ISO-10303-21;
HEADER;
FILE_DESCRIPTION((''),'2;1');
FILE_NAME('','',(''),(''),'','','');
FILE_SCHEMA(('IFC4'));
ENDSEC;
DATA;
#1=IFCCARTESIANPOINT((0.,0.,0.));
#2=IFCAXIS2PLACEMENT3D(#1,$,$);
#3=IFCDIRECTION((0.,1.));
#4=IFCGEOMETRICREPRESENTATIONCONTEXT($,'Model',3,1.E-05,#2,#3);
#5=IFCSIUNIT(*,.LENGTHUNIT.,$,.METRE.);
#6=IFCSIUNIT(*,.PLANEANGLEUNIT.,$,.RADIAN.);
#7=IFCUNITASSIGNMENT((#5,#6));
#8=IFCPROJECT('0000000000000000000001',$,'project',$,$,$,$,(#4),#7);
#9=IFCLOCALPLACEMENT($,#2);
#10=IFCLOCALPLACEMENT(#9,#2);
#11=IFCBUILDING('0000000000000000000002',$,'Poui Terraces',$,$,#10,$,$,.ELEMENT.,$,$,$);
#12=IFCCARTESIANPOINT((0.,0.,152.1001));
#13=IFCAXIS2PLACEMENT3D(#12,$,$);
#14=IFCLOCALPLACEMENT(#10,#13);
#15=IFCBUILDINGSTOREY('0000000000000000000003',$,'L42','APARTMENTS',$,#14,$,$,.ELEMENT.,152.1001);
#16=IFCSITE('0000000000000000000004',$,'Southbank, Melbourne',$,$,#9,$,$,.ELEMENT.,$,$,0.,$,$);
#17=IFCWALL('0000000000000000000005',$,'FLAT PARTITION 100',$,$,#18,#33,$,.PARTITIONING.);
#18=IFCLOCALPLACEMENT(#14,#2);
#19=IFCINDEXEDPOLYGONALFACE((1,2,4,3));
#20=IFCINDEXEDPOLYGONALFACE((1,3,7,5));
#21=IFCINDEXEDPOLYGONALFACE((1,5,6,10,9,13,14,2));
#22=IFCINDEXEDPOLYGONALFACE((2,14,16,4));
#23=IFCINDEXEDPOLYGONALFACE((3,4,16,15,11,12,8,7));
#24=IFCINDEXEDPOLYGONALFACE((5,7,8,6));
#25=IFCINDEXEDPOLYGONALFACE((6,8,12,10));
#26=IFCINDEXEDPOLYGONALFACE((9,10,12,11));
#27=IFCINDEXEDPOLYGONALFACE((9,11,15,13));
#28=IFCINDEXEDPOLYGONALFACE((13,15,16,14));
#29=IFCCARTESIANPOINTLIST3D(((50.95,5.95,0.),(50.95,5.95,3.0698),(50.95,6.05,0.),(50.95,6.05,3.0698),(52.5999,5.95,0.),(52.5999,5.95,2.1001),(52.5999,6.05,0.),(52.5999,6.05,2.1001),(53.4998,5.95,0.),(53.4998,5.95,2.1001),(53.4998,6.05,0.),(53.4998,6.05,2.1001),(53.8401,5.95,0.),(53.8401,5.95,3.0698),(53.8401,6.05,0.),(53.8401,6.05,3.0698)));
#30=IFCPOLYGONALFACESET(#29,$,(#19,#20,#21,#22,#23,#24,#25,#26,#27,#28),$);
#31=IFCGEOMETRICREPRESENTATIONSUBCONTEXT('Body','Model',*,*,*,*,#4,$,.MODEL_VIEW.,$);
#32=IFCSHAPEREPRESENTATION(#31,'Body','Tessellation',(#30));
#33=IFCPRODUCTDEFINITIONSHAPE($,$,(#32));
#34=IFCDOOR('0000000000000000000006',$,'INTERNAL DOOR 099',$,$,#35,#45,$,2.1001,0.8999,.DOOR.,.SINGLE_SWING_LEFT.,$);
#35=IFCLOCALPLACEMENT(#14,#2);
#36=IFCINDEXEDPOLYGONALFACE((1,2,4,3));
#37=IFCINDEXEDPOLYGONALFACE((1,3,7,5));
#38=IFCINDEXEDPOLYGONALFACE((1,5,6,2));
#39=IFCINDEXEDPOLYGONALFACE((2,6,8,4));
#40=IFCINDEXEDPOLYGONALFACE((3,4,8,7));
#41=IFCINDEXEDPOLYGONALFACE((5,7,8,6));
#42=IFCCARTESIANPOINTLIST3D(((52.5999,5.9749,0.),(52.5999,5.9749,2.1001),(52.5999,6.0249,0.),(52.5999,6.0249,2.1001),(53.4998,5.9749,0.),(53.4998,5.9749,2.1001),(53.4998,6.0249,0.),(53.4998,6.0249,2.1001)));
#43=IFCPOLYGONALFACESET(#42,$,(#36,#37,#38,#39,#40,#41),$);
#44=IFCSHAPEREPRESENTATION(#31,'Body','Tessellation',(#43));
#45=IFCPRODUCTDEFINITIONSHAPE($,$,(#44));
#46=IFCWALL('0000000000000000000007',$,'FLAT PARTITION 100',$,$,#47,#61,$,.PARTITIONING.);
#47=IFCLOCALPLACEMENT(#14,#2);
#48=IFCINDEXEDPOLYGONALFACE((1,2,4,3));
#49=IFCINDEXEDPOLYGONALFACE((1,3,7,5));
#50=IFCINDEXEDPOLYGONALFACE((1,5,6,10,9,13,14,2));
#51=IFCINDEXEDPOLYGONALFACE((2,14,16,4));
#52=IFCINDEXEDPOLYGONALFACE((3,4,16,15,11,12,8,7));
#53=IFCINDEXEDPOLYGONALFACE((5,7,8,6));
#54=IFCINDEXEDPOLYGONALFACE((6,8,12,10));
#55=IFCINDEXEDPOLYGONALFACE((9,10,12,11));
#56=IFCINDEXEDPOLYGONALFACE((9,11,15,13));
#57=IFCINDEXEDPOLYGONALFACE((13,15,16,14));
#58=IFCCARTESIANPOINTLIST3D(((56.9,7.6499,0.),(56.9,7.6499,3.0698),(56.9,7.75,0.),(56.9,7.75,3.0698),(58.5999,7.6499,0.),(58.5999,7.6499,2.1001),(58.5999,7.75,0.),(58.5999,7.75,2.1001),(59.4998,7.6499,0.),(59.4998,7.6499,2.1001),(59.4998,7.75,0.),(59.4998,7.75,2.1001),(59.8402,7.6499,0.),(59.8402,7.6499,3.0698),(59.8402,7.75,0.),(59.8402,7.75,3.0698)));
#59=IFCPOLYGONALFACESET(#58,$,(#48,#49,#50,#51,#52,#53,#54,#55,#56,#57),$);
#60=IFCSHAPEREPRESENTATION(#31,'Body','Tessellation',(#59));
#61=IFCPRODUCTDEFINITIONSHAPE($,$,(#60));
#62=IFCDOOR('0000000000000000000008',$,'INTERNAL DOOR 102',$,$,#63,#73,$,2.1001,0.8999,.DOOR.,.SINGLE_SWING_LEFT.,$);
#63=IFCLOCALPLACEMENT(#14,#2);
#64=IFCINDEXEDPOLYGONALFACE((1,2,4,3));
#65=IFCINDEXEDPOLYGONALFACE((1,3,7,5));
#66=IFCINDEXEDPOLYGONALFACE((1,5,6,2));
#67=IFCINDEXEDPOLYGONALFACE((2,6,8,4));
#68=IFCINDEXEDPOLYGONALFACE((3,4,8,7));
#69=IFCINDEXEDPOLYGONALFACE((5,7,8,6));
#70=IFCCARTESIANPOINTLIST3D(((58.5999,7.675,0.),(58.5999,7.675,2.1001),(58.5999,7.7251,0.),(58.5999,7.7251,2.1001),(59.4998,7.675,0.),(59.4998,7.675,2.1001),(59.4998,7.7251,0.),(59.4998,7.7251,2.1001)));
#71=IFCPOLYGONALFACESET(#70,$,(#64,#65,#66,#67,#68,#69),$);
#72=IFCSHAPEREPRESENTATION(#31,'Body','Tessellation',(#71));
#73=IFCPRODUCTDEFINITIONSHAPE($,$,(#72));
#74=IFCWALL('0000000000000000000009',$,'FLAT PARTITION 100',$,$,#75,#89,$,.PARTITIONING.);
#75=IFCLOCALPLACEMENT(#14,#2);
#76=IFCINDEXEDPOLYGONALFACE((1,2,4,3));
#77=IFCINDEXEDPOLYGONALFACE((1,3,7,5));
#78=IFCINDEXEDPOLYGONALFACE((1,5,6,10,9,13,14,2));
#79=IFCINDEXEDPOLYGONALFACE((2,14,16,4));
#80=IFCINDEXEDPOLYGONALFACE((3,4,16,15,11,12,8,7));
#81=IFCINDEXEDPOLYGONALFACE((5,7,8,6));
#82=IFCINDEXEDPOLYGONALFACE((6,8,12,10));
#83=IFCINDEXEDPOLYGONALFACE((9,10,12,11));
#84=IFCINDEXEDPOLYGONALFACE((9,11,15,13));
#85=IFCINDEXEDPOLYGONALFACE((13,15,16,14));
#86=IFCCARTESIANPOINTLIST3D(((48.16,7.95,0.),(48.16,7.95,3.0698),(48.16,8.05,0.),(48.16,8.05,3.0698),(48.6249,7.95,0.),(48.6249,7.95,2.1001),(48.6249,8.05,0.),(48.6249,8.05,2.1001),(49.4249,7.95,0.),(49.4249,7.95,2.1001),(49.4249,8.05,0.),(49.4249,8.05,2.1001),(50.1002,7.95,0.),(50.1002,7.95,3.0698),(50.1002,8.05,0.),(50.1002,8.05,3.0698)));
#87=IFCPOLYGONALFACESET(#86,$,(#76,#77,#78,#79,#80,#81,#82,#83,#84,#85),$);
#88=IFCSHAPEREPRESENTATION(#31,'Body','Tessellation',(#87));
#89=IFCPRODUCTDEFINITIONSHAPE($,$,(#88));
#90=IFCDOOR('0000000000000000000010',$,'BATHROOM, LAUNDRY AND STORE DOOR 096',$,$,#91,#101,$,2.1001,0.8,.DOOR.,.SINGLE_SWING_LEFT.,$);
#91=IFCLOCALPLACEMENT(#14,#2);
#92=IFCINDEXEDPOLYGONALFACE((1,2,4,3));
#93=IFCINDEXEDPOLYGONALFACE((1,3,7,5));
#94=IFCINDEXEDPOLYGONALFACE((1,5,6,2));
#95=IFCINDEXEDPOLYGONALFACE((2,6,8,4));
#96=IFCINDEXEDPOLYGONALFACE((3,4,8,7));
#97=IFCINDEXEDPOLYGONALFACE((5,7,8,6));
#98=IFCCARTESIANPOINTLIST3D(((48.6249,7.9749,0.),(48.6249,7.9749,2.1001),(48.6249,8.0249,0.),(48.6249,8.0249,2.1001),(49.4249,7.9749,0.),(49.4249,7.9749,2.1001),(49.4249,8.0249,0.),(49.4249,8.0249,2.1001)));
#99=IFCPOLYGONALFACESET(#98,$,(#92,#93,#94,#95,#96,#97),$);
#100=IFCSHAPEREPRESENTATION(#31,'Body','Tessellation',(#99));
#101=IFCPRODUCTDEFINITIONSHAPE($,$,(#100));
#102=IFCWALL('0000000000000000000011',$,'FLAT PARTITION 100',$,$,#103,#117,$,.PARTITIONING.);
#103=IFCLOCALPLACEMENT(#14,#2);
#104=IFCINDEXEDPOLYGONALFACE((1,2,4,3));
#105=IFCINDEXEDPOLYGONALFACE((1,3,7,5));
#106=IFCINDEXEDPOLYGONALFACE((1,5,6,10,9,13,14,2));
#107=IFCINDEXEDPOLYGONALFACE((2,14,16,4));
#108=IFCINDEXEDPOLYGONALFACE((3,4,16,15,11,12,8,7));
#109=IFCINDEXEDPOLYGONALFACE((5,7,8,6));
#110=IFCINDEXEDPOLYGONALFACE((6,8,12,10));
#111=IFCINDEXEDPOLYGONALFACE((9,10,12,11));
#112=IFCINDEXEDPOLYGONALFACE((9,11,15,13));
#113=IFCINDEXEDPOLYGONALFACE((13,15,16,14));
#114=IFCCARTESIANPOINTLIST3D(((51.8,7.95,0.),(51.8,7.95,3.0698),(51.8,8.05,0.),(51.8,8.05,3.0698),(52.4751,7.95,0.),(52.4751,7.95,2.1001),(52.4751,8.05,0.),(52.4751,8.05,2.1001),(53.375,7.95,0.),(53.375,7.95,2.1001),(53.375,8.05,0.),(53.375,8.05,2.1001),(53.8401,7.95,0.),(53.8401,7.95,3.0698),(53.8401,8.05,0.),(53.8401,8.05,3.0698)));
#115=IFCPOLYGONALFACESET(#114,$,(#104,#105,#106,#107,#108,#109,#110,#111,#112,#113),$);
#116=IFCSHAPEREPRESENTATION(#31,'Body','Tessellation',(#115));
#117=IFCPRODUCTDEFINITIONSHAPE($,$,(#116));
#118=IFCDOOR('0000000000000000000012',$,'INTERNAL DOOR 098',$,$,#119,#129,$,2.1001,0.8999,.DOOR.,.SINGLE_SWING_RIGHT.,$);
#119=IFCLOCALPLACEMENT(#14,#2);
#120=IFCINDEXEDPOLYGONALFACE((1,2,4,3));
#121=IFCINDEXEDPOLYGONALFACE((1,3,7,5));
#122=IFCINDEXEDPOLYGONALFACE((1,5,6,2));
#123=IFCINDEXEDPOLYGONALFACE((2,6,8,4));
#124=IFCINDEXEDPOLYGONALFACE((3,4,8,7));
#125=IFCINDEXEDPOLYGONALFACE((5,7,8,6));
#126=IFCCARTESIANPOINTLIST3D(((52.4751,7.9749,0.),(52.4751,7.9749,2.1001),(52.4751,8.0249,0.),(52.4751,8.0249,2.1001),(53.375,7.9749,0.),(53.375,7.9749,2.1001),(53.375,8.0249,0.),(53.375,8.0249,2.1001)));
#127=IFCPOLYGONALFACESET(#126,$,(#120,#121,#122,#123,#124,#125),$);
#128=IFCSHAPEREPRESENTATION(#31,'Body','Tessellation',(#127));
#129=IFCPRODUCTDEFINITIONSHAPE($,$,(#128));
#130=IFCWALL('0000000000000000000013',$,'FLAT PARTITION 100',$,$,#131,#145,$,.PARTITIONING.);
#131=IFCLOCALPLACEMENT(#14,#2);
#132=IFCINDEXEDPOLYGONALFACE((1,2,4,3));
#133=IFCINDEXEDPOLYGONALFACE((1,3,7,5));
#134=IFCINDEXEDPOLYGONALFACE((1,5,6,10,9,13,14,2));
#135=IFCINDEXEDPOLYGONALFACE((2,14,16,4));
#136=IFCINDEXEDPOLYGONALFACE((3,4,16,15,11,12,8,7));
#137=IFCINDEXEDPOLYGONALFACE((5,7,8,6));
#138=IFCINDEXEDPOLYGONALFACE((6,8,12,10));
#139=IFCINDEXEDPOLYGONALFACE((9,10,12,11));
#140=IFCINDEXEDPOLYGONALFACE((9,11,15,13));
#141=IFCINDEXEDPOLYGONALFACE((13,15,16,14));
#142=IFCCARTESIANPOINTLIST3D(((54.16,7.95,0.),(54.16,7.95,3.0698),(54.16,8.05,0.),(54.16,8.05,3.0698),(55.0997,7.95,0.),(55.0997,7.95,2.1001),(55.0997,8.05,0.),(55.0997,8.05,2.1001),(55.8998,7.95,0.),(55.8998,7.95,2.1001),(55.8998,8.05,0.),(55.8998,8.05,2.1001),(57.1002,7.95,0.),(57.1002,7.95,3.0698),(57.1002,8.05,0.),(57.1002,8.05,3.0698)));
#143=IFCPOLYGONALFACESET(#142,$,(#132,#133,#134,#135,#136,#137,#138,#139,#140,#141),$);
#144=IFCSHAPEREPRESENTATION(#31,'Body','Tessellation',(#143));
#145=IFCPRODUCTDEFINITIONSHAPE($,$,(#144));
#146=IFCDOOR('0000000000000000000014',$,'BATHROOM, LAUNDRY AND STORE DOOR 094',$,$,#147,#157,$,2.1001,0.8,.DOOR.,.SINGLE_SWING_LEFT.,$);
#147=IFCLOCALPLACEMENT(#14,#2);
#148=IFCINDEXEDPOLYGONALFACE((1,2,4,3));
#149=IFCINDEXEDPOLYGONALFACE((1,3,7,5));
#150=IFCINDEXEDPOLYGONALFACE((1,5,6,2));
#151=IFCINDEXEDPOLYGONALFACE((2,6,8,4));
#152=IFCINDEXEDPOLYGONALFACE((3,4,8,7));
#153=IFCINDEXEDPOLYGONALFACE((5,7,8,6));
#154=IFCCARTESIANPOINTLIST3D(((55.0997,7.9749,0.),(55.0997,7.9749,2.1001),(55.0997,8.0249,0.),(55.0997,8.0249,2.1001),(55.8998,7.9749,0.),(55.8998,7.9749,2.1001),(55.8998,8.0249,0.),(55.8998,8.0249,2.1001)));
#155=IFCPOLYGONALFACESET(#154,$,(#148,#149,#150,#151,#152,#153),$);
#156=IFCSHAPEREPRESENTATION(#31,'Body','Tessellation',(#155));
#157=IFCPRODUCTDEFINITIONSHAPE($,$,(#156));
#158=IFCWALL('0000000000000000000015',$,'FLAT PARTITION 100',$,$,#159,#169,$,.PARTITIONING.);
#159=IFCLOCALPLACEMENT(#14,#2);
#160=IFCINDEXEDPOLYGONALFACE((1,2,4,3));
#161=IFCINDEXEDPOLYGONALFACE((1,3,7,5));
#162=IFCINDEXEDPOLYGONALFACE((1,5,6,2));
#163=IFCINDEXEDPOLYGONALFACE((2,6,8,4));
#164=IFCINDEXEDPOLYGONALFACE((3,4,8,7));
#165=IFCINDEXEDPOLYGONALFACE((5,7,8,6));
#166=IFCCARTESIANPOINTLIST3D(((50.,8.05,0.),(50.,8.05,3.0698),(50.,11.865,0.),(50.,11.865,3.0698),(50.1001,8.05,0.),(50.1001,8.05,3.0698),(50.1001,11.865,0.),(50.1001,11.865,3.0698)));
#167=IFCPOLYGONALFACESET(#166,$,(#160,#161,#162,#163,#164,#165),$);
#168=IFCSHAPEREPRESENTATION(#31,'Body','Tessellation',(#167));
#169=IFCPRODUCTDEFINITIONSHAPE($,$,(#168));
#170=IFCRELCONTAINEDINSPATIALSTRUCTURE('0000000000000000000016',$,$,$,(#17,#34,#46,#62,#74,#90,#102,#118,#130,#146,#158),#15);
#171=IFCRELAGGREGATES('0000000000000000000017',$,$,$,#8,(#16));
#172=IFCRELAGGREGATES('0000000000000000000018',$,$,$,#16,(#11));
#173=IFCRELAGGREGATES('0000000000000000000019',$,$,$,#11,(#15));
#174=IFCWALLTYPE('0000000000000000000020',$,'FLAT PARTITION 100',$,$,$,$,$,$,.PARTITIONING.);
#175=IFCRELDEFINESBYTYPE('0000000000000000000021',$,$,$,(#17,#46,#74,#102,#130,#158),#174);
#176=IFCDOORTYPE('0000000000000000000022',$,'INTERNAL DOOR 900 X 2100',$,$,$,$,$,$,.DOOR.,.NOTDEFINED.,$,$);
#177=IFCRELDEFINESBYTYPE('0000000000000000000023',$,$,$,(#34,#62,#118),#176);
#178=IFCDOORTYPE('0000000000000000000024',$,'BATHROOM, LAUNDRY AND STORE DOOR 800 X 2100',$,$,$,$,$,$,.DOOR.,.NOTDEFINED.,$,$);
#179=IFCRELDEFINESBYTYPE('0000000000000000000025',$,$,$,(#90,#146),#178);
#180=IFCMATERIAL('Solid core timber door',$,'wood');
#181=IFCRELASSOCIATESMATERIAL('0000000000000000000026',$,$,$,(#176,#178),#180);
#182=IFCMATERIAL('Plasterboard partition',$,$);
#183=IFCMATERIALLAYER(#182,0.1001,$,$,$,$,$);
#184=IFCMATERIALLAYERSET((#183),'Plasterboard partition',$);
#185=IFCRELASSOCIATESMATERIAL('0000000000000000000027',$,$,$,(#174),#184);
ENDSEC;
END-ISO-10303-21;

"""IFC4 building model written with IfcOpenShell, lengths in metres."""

from ifc_helpers import new_model, si_unit, direction, frame, frame_2d, origin, place, context, subcontext, project, spatial, rectangle, extrude, material, layer, layer_set, type_object, element, fill, save


model = new_model("IFC4")

# Units and contexts
model_context = context("Model", 3, precision=1e-05, world=origin(), true_north=direction((0.0, 1.0)))
body_context = subcontext(model_context, "Body", "Model", "MODEL_VIEW")
ifc_project = project(units=[si_unit("LENGTHUNIT", "METRE"), si_unit("PLANEANGLEUNIT", "RADIAN")], contexts=[model_context])

# Site, building, storey
site_placement = place(None, origin())
site = spatial("IfcSite", under=ifc_project, at=site_placement, Name="Southbank, Melbourne", CompositionType="ELEMENT", RefElevation=0.0)
building_placement = place(site_placement, origin())
building = spatial("IfcBuilding", under=site, at=building_placement, Name="Poui Terraces", CompositionType="ELEMENT")
storey_placement = place(building_placement, frame((0.0, 0.0, 152.1001)))
storey = spatial("IfcBuildingStorey", under=building, at=storey_placement, Name="L42", Description="APARTMENTS", CompositionType="ELEMENT", Elevation=152.1001)

# Walls, openings, doors
ifc_material_1 = material(Name="Solid core timber door", Category="wood")
door_type_1 = type_object("IfcDoorType", Name="INTERNAL DOOR 900 X 2100", OperationType="NOTDEFINED", PredefinedType="DOOR", material=ifc_material_1)
ifc_material_2 = material(Name="Plasterboard partition")
ifc_layer_1 = layer(ifc_material_2, 0.1001)
ifc_layer_set_1 = layer_set([ifc_layer_1], Name="Plasterboard partition")
wall_type_1 = type_object("IfcWallType", Name="FLAT PARTITION 100", PredefinedType="PARTITIONING", material=ifc_layer_set_1)
wall_1_placement = place(storey_placement, frame((50.95, 6.0, 0.0), z_axis=(0.0, 0.0, 1.0), x_axis=(1.0, 0.0, 0.0)))
wall_1 = element("IfcWall", 1, at=wall_1_placement, inside=storey, type_object=wall_type_1, Name="FLAT PARTITION 100", PredefinedType="PARTITIONING", context=body_context, shape_type="SweptSolid", body=[
    extrude(rectangle(XDim=2.8901, YDim=0.1001, at=frame_2d((1.4451, 0.0))), origin(), (0.0, 0.0, 1.0), 3.0698),
])
opening_1_placement = place(wall_1_placement, frame((1.6499, 0.0, 0.0)))
opening_1 = element("IfcOpeningElement", 2, at=opening_1_placement, cuts=wall_1, PredefinedType="OPENING", context=body_context, shape_type="SweptSolid", body=[
    extrude(rectangle(XDim=0.8999, YDim=2.1001, at=frame_2d((0.45, 1.05))), frame((0.0, 0.0601, 0.0), z_axis=(0.0, -1.0, 0.0), x_axis=(1.0, 0.0, 0.0)), (0.0, 0.0, 1.0), 0.1201),
])
door_1_placement = place(opening_1_placement, origin())
door_1 = element("IfcDoor", 3, at=door_1_placement, inside=storey, type_object=door_type_1, Name="INTERNAL DOOR 099", OperationType="SINGLE_SWING_LEFT", OverallHeight=2.1001, OverallWidth=0.8999, PredefinedType="DOOR", context=body_context, shape_type="SweptSolid", body=[
    extrude(rectangle(XDim=0.8999, YDim=2.1001, at=frame_2d((0.45, 1.05))), frame((0.0, 0.0249, 0.0), z_axis=(0.0, -1.0, 0.0), x_axis=(1.0, 0.0, 0.0)), (0.0, 0.0, 1.0), 0.05),
])
fill(opening_1, door_1)
wall_2_placement = place(storey_placement, frame((56.8999, 7.7, 0.0), z_axis=(0.0, 0.0, 1.0), x_axis=(1.0, 0.0, 0.0)))
wall_2 = element("IfcWall", 4, at=wall_2_placement, inside=storey, type_object=wall_type_1, Name="FLAT PARTITION 100", PredefinedType="PARTITIONING", context=body_context, shape_type="SweptSolid", body=[
    extrude(rectangle(XDim=2.9402, YDim=0.1001, at=frame_2d((1.4702, 0.0))), origin(), (0.0, 0.0, 1.0), 3.0698),
])
opening_2_placement = place(wall_2_placement, frame((1.7, 0.0, 0.0)))
opening_2 = element("IfcOpeningElement", 5, at=opening_2_placement, cuts=wall_2, PredefinedType="OPENING", context=body_context, shape_type="SweptSolid", body=[
    extrude(rectangle(XDim=0.8999, YDim=2.1001, at=frame_2d((0.45, 1.05))), frame((0.0, 0.0601, 0.0), z_axis=(0.0, -1.0, 0.0), x_axis=(1.0, 0.0, 0.0)), (0.0, 0.0, 1.0), 0.1201),
])
door_2_placement = place(opening_2_placement, frame((0.8999, 0.0, 0.0), z_axis=(0.0, 0.0, 1.0), x_axis=(-1.0, 0.0, 0.0)))
door_2 = element("IfcDoor", 6, at=door_2_placement, inside=storey, type_object=door_type_1, Name="INTERNAL DOOR 102", OperationType="SINGLE_SWING_LEFT", OverallHeight=2.1001, OverallWidth=0.8999, PredefinedType="DOOR", context=body_context, shape_type="SweptSolid", body=[
    extrude(rectangle(XDim=0.8999, YDim=2.1001, at=frame_2d((0.45, 1.05))), frame((0.0, 0.0249, 0.0), z_axis=(0.0, -1.0, 0.0), x_axis=(1.0, 0.0, 0.0)), (0.0, 0.0, 1.0), 0.05),
])
fill(opening_2, door_2)
wall_3_placement = place(storey_placement, frame((48.1599, 8.0, 0.0), z_axis=(0.0, 0.0, 1.0), x_axis=(1.0, 0.0, 0.0)))
wall_3 = element("IfcWall", 7, at=wall_3_placement, inside=storey, type_object=wall_type_1, Name="FLAT PARTITION 100", PredefinedType="PARTITIONING", context=body_context, shape_type="SweptSolid", body=[
    extrude(rectangle(XDim=1.9402, YDim=0.1001, at=frame_2d((0.9702, 0.0))), origin(), (0.0, 0.0, 1.0), 3.0698),
])
opening_3_placement = place(wall_3_placement, frame((0.4651, 0.0, 0.0)))
opening_3 = element("IfcOpeningElement", 8, at=opening_3_placement, cuts=wall_3, PredefinedType="OPENING", context=body_context, shape_type="SweptSolid", body=[
    extrude(rectangle(XDim=0.8, YDim=2.1001, at=frame_2d((0.3999, 1.05))), frame((0.0, 0.0601, 0.0), z_axis=(0.0, -1.0, 0.0), x_axis=(1.0, 0.0, 0.0)), (0.0, 0.0, 1.0), 0.1201),
])
door_type_2 = type_object("IfcDoorType", Name="BATHROOM, LAUNDRY AND STORE DOOR 800 X 2100", OperationType="NOTDEFINED", PredefinedType="DOOR", material=ifc_material_1)
door_3_placement = place(opening_3_placement, origin())
door_3 = element("IfcDoor", 9, at=door_3_placement, inside=storey, type_object=door_type_2, Name="BATHROOM, LAUNDRY AND STORE DOOR 096", OperationType="SINGLE_SWING_LEFT", OverallHeight=2.1001, OverallWidth=0.8, PredefinedType="DOOR", context=body_context, shape_type="SweptSolid", body=[
    extrude(rectangle(XDim=0.8, YDim=2.1001, at=frame_2d((0.3999, 1.05))), frame((0.0, 0.0249, 0.0), z_axis=(0.0, -1.0, 0.0), x_axis=(1.0, 0.0, 0.0)), (0.0, 0.0, 1.0), 0.05),
])
fill(opening_3, door_3)
wall_4_placement = place(storey_placement, frame((51.8, 8.0, 0.0), z_axis=(0.0, 0.0, 1.0), x_axis=(1.0, 0.0, 0.0)))
wall_4 = element("IfcWall", 10, at=wall_4_placement, inside=storey, type_object=wall_type_1, Name="FLAT PARTITION 100", PredefinedType="PARTITIONING", context=body_context, shape_type="SweptSolid", body=[
    extrude(rectangle(XDim=2.04, YDim=0.1001, at=frame_2d((1.02, 0.0))), origin(), (0.0, 0.0, 1.0), 3.0698),
])
opening_4_placement = place(wall_4_placement, frame((0.675, 0.0, 0.0)))
opening_4 = element("IfcOpeningElement", 11, at=opening_4_placement, cuts=wall_4, PredefinedType="OPENING", context=body_context, shape_type="SweptSolid", body=[
    extrude(rectangle(XDim=0.8999, YDim=2.1001, at=frame_2d((0.45, 1.05))), frame((0.0, 0.0601, 0.0), z_axis=(0.0, -1.0, 0.0), x_axis=(1.0, 0.0, 0.0)), (0.0, 0.0, 1.0), 0.1201),
])
door_4_placement = place(opening_4_placement, origin())
door_4 = element("IfcDoor", 12, at=door_4_placement, inside=storey, type_object=door_type_1, Name="INTERNAL DOOR 098", OperationType="SINGLE_SWING_RIGHT", OverallHeight=2.1001, OverallWidth=0.8999, PredefinedType="DOOR", context=body_context, shape_type="SweptSolid", body=[
    extrude(rectangle(XDim=0.8999, YDim=2.1001, at=frame_2d((0.45, 1.05))), frame((0.0, 0.0249, 0.0), z_axis=(0.0, -1.0, 0.0), x_axis=(1.0, 0.0, 0.0)), (0.0, 0.0, 1.0), 0.05),
])
fill(opening_4, door_4)
wall_5_placement = place(storey_placement, frame((54.1599, 8.0, 0.0), z_axis=(0.0, 0.0, 1.0), x_axis=(1.0, 0.0, 0.0)))
wall_5 = element("IfcWall", 13, at=wall_5_placement, inside=storey, type_object=wall_type_1, Name="FLAT PARTITION 100", PredefinedType="PARTITIONING", context=body_context, shape_type="SweptSolid", body=[
    extrude(rectangle(XDim=2.9402, YDim=0.1001, at=frame_2d((1.4702, 0.0))), origin(), (0.0, 0.0, 1.0), 3.0698),
])
opening_5_placement = place(wall_5_placement, frame((0.9399, 0.0, 0.0)))
opening_5 = element("IfcOpeningElement", 14, at=opening_5_placement, cuts=wall_5, PredefinedType="OPENING", context=body_context, shape_type="SweptSolid", body=[
    extrude(rectangle(XDim=0.8, YDim=2.1001, at=frame_2d((0.3999, 1.05))), frame((0.0, 0.0601, 0.0), z_axis=(0.0, -1.0, 0.0), x_axis=(1.0, 0.0, 0.0)), (0.0, 0.0, 1.0), 0.1201),
])
door_5_placement = place(opening_5_placement, origin())
door_5 = element("IfcDoor", 15, at=door_5_placement, inside=storey, type_object=door_type_2, Name="BATHROOM, LAUNDRY AND STORE DOOR 094", OperationType="SINGLE_SWING_LEFT", OverallHeight=2.1001, OverallWidth=0.8, PredefinedType="DOOR", context=body_context, shape_type="SweptSolid", body=[
    extrude(rectangle(XDim=0.8, YDim=2.1001, at=frame_2d((0.3999, 1.05))), frame((0.0, 0.0249, 0.0), z_axis=(0.0, -1.0, 0.0), x_axis=(1.0, 0.0, 0.0)), (0.0, 0.0, 1.0), 0.05),
])
fill(opening_5, door_5)

# Wall
wall_6_placement = place(storey_placement, frame((50.05, 8.05, 0.0), z_axis=(0.0, 0.0, 1.0), x_axis=(0.0, 1.0, 0.0)))
element("IfcWall", 16, at=wall_6_placement, inside=storey, type_object=wall_type_1, Name="FLAT PARTITION 100", PredefinedType="PARTITIONING", context=body_context, shape_type="SweptSolid", body=[
    extrude(rectangle(XDim=3.8149, YDim=0.1001, at=frame_2d((1.9075, 0.0))), origin(), (0.0, 0.0, 1.0), 3.0698),
])

save(model, "model.ifc")
